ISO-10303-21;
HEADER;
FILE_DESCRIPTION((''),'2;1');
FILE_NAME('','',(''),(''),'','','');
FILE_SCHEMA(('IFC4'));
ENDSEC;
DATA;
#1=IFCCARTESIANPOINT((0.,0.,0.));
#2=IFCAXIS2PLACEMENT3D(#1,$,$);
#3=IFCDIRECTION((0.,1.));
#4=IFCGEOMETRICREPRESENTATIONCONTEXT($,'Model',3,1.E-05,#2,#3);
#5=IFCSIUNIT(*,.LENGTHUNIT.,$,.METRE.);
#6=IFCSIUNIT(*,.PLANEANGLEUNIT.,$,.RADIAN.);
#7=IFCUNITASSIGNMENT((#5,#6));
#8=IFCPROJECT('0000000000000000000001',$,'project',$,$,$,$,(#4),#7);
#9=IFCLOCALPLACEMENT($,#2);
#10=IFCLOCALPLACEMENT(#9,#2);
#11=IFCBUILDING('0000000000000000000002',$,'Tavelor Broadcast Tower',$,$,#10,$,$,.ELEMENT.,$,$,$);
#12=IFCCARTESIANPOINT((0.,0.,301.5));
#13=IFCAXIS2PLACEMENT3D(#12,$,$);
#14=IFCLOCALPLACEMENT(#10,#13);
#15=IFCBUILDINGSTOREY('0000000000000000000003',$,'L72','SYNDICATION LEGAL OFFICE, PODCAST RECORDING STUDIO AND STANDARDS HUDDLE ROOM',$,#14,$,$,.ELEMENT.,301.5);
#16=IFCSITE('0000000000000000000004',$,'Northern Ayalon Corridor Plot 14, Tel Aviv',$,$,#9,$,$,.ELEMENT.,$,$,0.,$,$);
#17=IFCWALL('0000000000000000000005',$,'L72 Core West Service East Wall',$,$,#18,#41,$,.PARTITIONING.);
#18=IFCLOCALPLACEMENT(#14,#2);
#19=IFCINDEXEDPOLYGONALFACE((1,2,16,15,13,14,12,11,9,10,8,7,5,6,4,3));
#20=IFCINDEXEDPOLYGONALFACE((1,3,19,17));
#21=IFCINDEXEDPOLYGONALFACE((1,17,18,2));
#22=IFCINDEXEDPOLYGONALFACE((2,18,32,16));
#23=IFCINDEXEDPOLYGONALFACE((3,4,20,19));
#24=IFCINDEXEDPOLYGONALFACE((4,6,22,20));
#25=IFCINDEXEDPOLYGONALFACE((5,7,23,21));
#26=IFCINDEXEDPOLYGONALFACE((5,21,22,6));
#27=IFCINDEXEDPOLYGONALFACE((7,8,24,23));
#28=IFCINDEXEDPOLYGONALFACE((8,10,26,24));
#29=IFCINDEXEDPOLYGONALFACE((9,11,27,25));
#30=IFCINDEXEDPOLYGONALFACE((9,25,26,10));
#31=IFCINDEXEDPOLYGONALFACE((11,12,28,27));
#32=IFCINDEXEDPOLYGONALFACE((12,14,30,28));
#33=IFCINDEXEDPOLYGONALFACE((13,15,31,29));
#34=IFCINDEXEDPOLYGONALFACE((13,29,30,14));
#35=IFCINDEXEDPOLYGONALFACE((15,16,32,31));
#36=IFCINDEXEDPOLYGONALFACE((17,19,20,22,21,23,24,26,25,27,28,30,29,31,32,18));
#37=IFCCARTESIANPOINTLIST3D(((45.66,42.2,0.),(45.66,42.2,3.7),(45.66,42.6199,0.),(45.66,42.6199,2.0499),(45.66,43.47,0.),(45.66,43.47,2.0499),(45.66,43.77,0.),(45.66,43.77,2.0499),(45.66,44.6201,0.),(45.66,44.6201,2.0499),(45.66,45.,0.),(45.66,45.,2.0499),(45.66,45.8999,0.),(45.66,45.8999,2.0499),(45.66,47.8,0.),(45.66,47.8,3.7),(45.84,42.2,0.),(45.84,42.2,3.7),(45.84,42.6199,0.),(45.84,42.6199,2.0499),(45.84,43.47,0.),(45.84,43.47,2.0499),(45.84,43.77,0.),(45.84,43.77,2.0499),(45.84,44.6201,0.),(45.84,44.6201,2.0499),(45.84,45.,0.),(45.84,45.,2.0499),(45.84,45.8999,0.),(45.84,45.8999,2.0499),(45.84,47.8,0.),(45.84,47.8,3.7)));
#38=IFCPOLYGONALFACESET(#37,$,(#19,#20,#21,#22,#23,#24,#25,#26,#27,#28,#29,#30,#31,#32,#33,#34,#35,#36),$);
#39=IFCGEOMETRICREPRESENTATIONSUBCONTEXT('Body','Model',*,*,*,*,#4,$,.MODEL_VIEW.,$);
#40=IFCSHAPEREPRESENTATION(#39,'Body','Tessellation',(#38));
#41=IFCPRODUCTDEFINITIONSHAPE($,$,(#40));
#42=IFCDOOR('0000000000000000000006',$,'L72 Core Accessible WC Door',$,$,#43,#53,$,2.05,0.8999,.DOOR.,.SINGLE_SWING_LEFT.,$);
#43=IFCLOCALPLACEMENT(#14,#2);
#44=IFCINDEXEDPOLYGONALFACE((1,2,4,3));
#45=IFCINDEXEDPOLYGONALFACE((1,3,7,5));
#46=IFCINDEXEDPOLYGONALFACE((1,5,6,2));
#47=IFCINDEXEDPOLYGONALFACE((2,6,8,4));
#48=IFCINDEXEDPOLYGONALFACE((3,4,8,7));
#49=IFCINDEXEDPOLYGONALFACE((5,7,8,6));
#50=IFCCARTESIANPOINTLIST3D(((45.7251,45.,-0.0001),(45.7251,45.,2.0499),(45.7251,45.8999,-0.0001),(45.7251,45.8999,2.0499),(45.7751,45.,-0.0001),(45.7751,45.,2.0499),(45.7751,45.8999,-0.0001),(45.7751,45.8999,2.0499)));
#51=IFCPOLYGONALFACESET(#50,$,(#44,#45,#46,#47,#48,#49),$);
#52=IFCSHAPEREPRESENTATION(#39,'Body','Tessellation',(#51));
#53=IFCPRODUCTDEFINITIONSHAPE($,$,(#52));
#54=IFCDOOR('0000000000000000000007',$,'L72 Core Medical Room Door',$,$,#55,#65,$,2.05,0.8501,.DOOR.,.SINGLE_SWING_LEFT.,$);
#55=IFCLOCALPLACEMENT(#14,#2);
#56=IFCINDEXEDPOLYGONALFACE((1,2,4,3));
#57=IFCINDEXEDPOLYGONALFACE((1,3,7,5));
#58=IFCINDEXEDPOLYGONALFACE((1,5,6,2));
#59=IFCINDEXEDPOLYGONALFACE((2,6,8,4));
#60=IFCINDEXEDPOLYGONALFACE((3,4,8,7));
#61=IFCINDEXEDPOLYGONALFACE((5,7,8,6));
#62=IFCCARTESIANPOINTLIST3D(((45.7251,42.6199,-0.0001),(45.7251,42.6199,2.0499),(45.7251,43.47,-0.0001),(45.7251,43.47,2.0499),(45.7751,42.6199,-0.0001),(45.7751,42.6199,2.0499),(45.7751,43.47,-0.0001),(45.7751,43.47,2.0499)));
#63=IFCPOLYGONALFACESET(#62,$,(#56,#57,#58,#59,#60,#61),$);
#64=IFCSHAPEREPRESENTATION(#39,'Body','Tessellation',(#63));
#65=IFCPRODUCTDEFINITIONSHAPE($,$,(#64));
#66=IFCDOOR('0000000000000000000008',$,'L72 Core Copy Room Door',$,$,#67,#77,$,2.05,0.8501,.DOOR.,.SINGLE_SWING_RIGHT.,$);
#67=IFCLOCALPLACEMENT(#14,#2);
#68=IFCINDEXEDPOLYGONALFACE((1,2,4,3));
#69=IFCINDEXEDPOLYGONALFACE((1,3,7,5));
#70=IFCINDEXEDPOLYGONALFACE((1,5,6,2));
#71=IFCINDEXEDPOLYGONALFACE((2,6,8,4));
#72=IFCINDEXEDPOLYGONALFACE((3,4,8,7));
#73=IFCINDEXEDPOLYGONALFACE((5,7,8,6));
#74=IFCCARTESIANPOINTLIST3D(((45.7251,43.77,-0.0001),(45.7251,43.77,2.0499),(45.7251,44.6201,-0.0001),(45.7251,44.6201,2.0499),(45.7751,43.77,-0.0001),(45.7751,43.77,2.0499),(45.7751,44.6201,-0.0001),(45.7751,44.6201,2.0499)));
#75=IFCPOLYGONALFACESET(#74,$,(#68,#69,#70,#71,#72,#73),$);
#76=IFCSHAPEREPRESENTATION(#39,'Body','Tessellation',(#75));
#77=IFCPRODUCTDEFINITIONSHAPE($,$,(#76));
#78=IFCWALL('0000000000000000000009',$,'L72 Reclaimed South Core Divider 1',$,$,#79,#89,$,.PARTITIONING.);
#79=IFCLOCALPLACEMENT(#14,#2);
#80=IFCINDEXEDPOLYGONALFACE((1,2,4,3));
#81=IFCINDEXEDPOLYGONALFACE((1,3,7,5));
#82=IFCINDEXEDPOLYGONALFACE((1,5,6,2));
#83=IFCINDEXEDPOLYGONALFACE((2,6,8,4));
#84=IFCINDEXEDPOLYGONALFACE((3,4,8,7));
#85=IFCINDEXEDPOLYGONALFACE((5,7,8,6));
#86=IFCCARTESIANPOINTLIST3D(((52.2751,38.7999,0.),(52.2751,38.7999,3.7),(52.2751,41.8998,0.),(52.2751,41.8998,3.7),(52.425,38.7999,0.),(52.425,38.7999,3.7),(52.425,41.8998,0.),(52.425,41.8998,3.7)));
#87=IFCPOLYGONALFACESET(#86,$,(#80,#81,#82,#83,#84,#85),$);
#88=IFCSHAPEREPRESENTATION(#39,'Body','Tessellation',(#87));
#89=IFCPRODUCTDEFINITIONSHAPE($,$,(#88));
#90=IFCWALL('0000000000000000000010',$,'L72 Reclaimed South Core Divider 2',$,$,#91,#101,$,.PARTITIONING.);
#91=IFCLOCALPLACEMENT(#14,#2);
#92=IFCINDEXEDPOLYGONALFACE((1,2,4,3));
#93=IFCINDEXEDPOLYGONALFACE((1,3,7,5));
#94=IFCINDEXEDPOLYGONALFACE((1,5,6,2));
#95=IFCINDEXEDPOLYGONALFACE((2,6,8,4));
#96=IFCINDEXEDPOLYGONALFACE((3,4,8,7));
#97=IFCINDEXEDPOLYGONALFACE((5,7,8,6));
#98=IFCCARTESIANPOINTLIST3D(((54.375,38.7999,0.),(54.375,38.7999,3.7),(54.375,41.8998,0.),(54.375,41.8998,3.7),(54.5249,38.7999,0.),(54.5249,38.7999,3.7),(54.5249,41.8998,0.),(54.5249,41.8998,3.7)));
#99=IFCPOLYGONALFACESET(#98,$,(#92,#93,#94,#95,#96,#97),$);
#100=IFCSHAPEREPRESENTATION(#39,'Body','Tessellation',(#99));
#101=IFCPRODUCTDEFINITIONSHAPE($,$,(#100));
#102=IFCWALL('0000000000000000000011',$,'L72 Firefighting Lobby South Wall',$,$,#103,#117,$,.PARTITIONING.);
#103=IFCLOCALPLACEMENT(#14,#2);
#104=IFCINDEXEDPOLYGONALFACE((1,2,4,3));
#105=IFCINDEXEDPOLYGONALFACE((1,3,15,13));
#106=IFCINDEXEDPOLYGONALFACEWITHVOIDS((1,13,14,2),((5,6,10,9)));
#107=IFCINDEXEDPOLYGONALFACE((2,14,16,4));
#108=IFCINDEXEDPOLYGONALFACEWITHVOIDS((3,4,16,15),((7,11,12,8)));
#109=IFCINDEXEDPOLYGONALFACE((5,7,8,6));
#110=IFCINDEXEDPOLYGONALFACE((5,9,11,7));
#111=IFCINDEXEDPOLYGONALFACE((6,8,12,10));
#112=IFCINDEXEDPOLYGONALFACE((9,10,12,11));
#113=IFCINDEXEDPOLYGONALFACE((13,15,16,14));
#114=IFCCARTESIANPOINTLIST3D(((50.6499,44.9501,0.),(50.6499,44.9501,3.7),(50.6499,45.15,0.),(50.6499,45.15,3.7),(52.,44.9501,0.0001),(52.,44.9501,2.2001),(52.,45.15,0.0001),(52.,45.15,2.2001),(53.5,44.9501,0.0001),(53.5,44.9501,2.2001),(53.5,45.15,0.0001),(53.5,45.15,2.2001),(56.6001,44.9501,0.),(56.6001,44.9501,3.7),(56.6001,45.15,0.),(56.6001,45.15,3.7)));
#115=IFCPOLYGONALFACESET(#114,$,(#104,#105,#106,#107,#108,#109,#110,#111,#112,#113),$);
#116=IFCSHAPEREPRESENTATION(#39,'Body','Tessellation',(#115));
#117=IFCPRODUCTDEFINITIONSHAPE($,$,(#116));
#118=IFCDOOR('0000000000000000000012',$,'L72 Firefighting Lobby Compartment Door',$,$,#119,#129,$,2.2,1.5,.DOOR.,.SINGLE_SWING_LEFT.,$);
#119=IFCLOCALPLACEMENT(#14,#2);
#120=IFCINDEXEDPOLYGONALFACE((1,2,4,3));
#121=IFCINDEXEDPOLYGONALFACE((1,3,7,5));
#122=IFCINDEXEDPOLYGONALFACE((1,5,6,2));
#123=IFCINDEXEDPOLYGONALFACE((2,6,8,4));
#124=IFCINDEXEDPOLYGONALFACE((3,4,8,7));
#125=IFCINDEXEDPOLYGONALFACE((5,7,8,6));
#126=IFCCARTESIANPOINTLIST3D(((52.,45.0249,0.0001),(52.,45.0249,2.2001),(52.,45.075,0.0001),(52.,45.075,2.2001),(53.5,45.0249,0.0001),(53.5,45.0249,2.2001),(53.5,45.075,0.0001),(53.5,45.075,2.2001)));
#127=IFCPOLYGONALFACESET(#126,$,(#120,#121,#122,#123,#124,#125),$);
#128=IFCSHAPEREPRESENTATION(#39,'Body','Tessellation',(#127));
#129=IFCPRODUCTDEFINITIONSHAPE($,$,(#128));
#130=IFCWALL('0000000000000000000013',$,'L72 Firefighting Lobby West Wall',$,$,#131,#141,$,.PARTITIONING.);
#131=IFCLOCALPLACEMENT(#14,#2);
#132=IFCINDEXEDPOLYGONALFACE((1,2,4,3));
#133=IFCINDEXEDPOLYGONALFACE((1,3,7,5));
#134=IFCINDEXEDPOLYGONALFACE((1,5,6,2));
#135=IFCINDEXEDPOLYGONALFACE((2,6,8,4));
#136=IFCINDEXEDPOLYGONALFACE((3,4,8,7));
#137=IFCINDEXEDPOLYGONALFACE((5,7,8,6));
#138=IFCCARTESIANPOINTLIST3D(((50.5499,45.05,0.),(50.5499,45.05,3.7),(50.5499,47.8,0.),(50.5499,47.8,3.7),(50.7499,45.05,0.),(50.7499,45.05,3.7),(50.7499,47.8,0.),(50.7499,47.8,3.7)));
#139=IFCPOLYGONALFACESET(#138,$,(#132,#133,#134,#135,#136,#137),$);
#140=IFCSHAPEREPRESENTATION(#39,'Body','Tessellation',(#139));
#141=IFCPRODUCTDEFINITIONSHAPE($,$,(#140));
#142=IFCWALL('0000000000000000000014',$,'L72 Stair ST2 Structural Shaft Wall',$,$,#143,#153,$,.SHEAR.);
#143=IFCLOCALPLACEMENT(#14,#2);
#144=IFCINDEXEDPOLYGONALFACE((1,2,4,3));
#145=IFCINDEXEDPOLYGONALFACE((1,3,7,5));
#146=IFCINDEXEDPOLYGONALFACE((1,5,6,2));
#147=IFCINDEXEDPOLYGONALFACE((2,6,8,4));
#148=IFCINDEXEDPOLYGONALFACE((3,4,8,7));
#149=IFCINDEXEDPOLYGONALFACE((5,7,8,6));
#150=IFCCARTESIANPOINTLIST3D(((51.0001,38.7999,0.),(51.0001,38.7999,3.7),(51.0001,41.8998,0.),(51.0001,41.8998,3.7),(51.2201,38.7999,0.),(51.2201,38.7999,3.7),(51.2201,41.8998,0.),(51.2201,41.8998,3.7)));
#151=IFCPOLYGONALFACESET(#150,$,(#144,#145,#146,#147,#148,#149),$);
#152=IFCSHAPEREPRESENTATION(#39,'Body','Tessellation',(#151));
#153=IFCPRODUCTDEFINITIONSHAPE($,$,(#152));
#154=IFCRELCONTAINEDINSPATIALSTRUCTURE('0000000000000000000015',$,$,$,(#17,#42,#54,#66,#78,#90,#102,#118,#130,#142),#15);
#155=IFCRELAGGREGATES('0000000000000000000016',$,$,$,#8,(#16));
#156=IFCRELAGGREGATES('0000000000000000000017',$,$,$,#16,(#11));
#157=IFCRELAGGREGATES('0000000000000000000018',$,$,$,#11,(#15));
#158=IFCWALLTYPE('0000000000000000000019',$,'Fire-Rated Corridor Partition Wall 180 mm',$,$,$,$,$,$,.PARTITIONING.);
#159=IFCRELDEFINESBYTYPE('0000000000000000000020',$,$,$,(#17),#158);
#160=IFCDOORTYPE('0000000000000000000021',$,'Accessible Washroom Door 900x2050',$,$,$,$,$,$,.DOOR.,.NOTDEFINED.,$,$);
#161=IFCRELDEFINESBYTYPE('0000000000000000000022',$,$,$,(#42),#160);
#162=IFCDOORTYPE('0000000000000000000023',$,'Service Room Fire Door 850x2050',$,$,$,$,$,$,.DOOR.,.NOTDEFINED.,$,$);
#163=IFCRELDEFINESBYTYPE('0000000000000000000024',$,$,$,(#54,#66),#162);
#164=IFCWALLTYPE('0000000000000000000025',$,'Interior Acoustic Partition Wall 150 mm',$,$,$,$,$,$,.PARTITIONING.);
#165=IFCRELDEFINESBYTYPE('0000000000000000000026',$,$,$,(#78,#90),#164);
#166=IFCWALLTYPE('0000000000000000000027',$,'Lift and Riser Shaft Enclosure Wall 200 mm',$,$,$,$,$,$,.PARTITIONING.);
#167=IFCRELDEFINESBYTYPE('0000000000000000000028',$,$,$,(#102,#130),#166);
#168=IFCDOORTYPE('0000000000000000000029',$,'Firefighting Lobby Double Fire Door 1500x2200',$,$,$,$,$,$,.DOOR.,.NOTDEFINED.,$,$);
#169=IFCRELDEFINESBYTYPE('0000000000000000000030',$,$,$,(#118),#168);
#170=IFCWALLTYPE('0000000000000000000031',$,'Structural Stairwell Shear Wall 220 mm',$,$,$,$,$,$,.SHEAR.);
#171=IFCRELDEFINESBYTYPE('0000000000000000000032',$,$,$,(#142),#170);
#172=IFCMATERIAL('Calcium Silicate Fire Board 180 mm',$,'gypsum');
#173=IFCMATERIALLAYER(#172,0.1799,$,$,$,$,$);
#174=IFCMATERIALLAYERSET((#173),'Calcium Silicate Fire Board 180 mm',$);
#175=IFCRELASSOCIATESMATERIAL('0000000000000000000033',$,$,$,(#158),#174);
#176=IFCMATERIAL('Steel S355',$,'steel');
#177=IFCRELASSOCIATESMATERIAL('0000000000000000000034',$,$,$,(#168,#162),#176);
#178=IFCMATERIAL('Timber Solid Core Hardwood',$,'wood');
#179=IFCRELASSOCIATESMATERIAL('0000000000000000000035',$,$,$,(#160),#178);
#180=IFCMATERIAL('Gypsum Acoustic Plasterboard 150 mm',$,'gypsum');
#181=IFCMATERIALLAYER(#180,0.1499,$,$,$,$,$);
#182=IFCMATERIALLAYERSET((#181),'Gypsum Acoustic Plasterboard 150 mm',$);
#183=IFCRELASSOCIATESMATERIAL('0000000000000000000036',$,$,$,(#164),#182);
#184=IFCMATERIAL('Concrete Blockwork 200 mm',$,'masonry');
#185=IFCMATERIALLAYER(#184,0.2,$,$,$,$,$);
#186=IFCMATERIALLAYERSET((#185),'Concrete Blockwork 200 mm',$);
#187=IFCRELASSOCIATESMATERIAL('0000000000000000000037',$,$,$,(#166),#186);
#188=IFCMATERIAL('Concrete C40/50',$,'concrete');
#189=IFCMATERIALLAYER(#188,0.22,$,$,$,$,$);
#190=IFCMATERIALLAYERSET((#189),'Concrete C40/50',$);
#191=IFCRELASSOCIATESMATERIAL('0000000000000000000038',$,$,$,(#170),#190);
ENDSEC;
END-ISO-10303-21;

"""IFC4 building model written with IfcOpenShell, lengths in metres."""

from ifc_helpers import new_model, si_unit, direction, frame, frame_2d, origin, place, context, subcontext, project, spatial, rectangle, extrude, material, layer, layer_set, type_object, element, fill, save


model = new_model("IFC4")

# Units and contexts
model_context = context("Model", 3, precision=1e-05, world=origin(), true_north=direction((0.0, 1.0)))
body_context = subcontext(model_context, "Body", "Model", "MODEL_VIEW")
ifc_project = project(units=[si_unit("LENGTHUNIT", "METRE"), si_unit("PLANEANGLEUNIT", "RADIAN")], contexts=[model_context])

# Site, building, storey
site_placement = place(None, origin())
site = spatial("IfcSite", under=ifc_project, at=site_placement, Name="Northern Ayalon Corridor Plot 14, Tel Aviv", CompositionType="ELEMENT", RefElevation=0.0)
building_placement = place(site_placement, origin())
building = spatial("IfcBuilding", under=site, at=building_placement, Name="Tavelor Broadcast Tower", CompositionType="ELEMENT")
storey_placement = place(building_placement, frame((0.0, 0.0, 301.5)))
storey = spatial("IfcBuildingStorey", under=building, at=storey_placement, Name="L72", Description="SYNDICATION LEGAL OFFICE, PODCAST RECORDING STUDIO AND STANDARDS HUDDLE ROOM", CompositionType="ELEMENT", Elevation=301.5)

# Shared definitions
ifc_material_1 = material(Name="Concrete C40/50", Category="concrete")
ifc_material_2 = material(Name="Steel S355", Category="steel")

# Shared definitions
ifc_material_3 = material(Name="Calcium Silicate Fire Board 180 mm", Category="gypsum")
ifc_layer_1 = layer(ifc_material_3, 0.1799)
ifc_layer_set_1 = layer_set([ifc_layer_1], Name="Calcium Silicate Fire Board 180 mm")
wall_type_1 = type_object("IfcWallType", Name="Fire-Rated Corridor Partition Wall 180 mm", PredefinedType="PARTITIONING", material=ifc_layer_set_1)
door_type_1 = type_object("IfcDoorType", Name="Firefighting Lobby Double Fire Door 1500x2200", OperationType="NOTDEFINED", PredefinedType="DOOR", material=ifc_material_2)

# Wall, openings, doors
wall_1_placement = place(storey_placement, frame((45.75, 42.2, 0.0), z_axis=(0.0, 0.0, 1.0), x_axis=(0.0, 1.0, 0.0)))
wall_1 = element("IfcWall", 1, at=wall_1_placement, inside=storey, type_object=wall_type_1, Name="L72 Core West Service East Wall", PredefinedType="PARTITIONING", context=body_context, shape_type="SweptSolid", body=[
    extrude(rectangle(XDim=5.6001, YDim=0.1799, at=frame_2d((2.8, 0.0))), origin(), (0.0, 0.0, 1.0), 3.7),
])
opening_1_placement = place(wall_1_placement, frame((0.4199, 0.0, 0.0)))
opening_1 = element("IfcOpeningElement", 2, at=opening_1_placement, cuts=wall_1, PredefinedType="OPENING", context=body_context, shape_type="SweptSolid", body=[
    extrude(rectangle(XDim=0.8501, YDim=2.05, at=frame_2d((0.425, 1.0249))), frame((0.0, 0.1001, 0.0), z_axis=(0.0, -1.0, 0.0), x_axis=(1.0, 0.0, 0.0)), (0.0, 0.0, 1.0), 0.2),
])
opening_2_placement = place(wall_1_placement, frame((1.5701, 0.0, 0.0)))
opening_2 = element("IfcOpeningElement", 3, at=opening_2_placement, cuts=wall_1, PredefinedType="OPENING", context=body_context, shape_type="SweptSolid", body=[
    extrude(rectangle(XDim=0.8501, YDim=2.05, at=frame_2d((0.425, 1.0249))), frame((0.0, 0.1001, 0.0), z_axis=(0.0, -1.0, 0.0), x_axis=(1.0, 0.0, 0.0)), (0.0, 0.0, 1.0), 0.2),
])
opening_3_placement = place(wall_1_placement, frame((2.8, 0.0, 0.0)))
opening_3 = element("IfcOpeningElement", 4, at=opening_3_placement, cuts=wall_1, PredefinedType="OPENING", context=body_context, shape_type="SweptSolid", body=[
    extrude(rectangle(XDim=0.8999, YDim=2.05, at=frame_2d((0.45, 1.0249))), frame((0.0, 0.1001, 0.0), z_axis=(0.0, -1.0, 0.0), x_axis=(1.0, 0.0, 0.0)), (0.0, 0.0, 1.0), 0.2),
])
ifc_material_4 = material(Name="Timber Solid Core Hardwood", Category="wood")
door_type_2 = type_object("IfcDoorType", Name="Accessible Washroom Door 900x2050", OperationType="NOTDEFINED", PredefinedType="DOOR", material=ifc_material_4)
door_1_placement = place(opening_3_placement, origin())
door_1 = element("IfcDoor", 5, at=door_1_placement, inside=storey, type_object=door_type_2, Name="L72 Core Accessible WC Door", OperationType="SINGLE_SWING_LEFT", OverallHeight=2.05, OverallWidth=0.8999, PredefinedType="DOOR", context=body_context, shape_type="SweptSolid", body=[
    extrude(rectangle(XDim=0.8999, YDim=2.05, at=frame_2d((0.45, 1.0249))), frame((0.0, 0.0249, 0.0), z_axis=(0.0, -1.0, 0.0), x_axis=(1.0, 0.0, 0.0)), (0.0, 0.0, 1.0), 0.05),
])
fill(opening_3, door_1)
door_type_3 = type_object("IfcDoorType", Name="Service Room Fire Door 850x2050", OperationType="NOTDEFINED", PredefinedType="DOOR", material=ifc_material_2)
door_2_placement = place(opening_1_placement, origin())
door_2 = element("IfcDoor", 6, at=door_2_placement, inside=storey, type_object=door_type_3, Name="L72 Core Medical Room Door", OperationType="SINGLE_SWING_LEFT", OverallHeight=2.05, OverallWidth=0.8501, PredefinedType="DOOR", context=body_context, shape_type="SweptSolid", body=[
    extrude(rectangle(XDim=0.8501, YDim=2.05, at=frame_2d((0.425, 1.0249))), frame((0.0, 0.0249, 0.0), z_axis=(0.0, -1.0, 0.0), x_axis=(1.0, 0.0, 0.0)), (0.0, 0.0, 1.0), 0.05),
])
fill(opening_1, door_2)
door_3_placement = place(opening_2_placement, origin())
door_3 = element("IfcDoor", 7, at=door_3_placement, inside=storey, type_object=door_type_3, Name="L72 Core Copy Room Door", OperationType="SINGLE_SWING_RIGHT", OverallHeight=2.05, OverallWidth=0.8501, PredefinedType="DOOR", context=body_context, shape_type="SweptSolid", body=[
    extrude(rectangle(XDim=0.8501, YDim=2.05, at=frame_2d((0.425, 1.0249))), frame((0.0, 0.0249, 0.0), z_axis=(0.0, -1.0, 0.0), x_axis=(1.0, 0.0, 0.0)), (0.0, 0.0, 1.0), 0.05),
])
fill(opening_2, door_3)

# Walls
ifc_material_5 = material(Name="Gypsum Acoustic Plasterboard 150 mm", Category="gypsum")
ifc_layer_2 = layer(ifc_material_5, 0.1499)
ifc_layer_set_2 = layer_set([ifc_layer_2], Name="Gypsum Acoustic Plasterboard 150 mm")
wall_type_2 = type_object("IfcWallType", Name="Interior Acoustic Partition Wall 150 mm", PredefinedType="PARTITIONING", material=ifc_layer_set_2)
for number, where, z_axis, x_axis, name in (
    (8, (52.3501, 38.8, 0.0), (0.0, 0.0, 1.0), (0.0, 1.0, 0.0), "L72 Reclaimed South Core Divider 1"),
    (9, (54.45, 38.8, 0.0), (0.0, 0.0, 1.0), (0.0, 1.0, 0.0), "L72 Reclaimed South Core Divider 2"),
):
    element("IfcWall", number, at=place(storey_placement, frame(where, z_axis=z_axis, x_axis=x_axis)), inside=storey, type_object=wall_type_2, Name=name, PredefinedType="PARTITIONING", context=body_context, shape_type="SweptSolid", body=[
        extrude(rectangle(XDim=3.0999, YDim=0.1499, at=frame_2d((1.5498, 0.0))), origin(), (0.0, 0.0, 1.0), 3.7),
    ])

# Wall, opening, door
ifc_material_6 = material(Name="Concrete Blockwork 200 mm", Category="masonry")
ifc_layer_3 = layer(ifc_material_6, 0.2)
ifc_layer_set_3 = layer_set([ifc_layer_3], Name="Concrete Blockwork 200 mm")
wall_type_3 = type_object("IfcWallType", Name="Lift and Riser Shaft Enclosure Wall 200 mm", PredefinedType="PARTITIONING", material=ifc_layer_set_3)
wall_2_placement = place(storey_placement, frame((50.6499, 45.05, 0.0), z_axis=(0.0, 0.0, 1.0), x_axis=(1.0, 0.0, 0.0)))
wall_2 = element("IfcWall", 10, at=wall_2_placement, inside=storey, type_object=wall_type_3, Name="L72 Firefighting Lobby South Wall", PredefinedType="PARTITIONING", context=body_context, shape_type="SweptSolid", body=[
    extrude(rectangle(XDim=5.9502, YDim=0.2, at=frame_2d((2.9751, 0.0))), origin(), (0.0, 0.0, 1.0), 3.7),
])
opening_4_placement = place(wall_2_placement, frame((1.3501, 0.0, 0.0)))
opening_4 = element("IfcOpeningElement", 11, at=opening_4_placement, cuts=wall_2, PredefinedType="OPENING", context=body_context, shape_type="SweptSolid", body=[
    extrude(rectangle(XDim=1.5, YDim=2.2, at=frame_2d((0.75, 1.1001))), frame((0.0, 0.1099, 0.0), z_axis=(0.0, -1.0, 0.0), x_axis=(1.0, 0.0, 0.0)), (0.0, 0.0, 1.0), 0.22),
])
door_4_placement = place(opening_4_placement, origin())
door_4 = element("IfcDoor", 12, at=door_4_placement, inside=storey, type_object=door_type_1, Name="L72 Firefighting Lobby Compartment Door", OperationType="SINGLE_SWING_LEFT", OverallHeight=2.2, OverallWidth=1.5, PredefinedType="DOOR", context=body_context, shape_type="SweptSolid", body=[
    extrude(rectangle(XDim=1.5, YDim=2.2, at=frame_2d((0.75, 1.1001))), frame((0.0, 0.0249, 0.0), z_axis=(0.0, -1.0, 0.0), x_axis=(1.0, 0.0, 0.0)), (0.0, 0.0, 1.0), 0.05),
])
fill(opening_4, door_4)

# Walls
wall_3_placement = place(storey_placement, frame((50.6499, 45.05, 0.0), z_axis=(0.0, 0.0, 1.0), x_axis=(0.0, 1.0, 0.0)))
element("IfcWall", 13, at=wall_3_placement, inside=storey, type_object=wall_type_3, Name="L72 Firefighting Lobby West Wall", PredefinedType="PARTITIONING", context=body_context, shape_type="SweptSolid", body=[
    extrude(rectangle(XDim=2.75, YDim=0.2, at=frame_2d((1.375, 0.0))), origin(), (0.0, 0.0, 1.0), 3.7),
])
ifc_layer_4 = layer(ifc_material_1, 0.22)
ifc_layer_set_4 = layer_set([ifc_layer_4], Name="Concrete C40/50")
wall_type_4 = type_object("IfcWallType", Name="Structural Stairwell Shear Wall 220 mm", PredefinedType="SHEAR", material=ifc_layer_set_4)
wall_4_placement = place(storey_placement, frame((51.1101, 38.8, 0.0), z_axis=(0.0, 0.0, 1.0), x_axis=(0.0, 1.0, 0.0)))
element("IfcWall", 14, at=wall_4_placement, inside=storey, type_object=wall_type_4, Name="L72 Stair ST2 Structural Shaft Wall", PredefinedType="SHEAR", context=body_context, shape_type="SweptSolid", body=[
    extrude(rectangle(XDim=3.0999, YDim=0.22, at=frame_2d((1.5498, 0.0))), origin(), (0.0, 0.0, 1.0), 3.7),
])

save(model, "model.ifc")
